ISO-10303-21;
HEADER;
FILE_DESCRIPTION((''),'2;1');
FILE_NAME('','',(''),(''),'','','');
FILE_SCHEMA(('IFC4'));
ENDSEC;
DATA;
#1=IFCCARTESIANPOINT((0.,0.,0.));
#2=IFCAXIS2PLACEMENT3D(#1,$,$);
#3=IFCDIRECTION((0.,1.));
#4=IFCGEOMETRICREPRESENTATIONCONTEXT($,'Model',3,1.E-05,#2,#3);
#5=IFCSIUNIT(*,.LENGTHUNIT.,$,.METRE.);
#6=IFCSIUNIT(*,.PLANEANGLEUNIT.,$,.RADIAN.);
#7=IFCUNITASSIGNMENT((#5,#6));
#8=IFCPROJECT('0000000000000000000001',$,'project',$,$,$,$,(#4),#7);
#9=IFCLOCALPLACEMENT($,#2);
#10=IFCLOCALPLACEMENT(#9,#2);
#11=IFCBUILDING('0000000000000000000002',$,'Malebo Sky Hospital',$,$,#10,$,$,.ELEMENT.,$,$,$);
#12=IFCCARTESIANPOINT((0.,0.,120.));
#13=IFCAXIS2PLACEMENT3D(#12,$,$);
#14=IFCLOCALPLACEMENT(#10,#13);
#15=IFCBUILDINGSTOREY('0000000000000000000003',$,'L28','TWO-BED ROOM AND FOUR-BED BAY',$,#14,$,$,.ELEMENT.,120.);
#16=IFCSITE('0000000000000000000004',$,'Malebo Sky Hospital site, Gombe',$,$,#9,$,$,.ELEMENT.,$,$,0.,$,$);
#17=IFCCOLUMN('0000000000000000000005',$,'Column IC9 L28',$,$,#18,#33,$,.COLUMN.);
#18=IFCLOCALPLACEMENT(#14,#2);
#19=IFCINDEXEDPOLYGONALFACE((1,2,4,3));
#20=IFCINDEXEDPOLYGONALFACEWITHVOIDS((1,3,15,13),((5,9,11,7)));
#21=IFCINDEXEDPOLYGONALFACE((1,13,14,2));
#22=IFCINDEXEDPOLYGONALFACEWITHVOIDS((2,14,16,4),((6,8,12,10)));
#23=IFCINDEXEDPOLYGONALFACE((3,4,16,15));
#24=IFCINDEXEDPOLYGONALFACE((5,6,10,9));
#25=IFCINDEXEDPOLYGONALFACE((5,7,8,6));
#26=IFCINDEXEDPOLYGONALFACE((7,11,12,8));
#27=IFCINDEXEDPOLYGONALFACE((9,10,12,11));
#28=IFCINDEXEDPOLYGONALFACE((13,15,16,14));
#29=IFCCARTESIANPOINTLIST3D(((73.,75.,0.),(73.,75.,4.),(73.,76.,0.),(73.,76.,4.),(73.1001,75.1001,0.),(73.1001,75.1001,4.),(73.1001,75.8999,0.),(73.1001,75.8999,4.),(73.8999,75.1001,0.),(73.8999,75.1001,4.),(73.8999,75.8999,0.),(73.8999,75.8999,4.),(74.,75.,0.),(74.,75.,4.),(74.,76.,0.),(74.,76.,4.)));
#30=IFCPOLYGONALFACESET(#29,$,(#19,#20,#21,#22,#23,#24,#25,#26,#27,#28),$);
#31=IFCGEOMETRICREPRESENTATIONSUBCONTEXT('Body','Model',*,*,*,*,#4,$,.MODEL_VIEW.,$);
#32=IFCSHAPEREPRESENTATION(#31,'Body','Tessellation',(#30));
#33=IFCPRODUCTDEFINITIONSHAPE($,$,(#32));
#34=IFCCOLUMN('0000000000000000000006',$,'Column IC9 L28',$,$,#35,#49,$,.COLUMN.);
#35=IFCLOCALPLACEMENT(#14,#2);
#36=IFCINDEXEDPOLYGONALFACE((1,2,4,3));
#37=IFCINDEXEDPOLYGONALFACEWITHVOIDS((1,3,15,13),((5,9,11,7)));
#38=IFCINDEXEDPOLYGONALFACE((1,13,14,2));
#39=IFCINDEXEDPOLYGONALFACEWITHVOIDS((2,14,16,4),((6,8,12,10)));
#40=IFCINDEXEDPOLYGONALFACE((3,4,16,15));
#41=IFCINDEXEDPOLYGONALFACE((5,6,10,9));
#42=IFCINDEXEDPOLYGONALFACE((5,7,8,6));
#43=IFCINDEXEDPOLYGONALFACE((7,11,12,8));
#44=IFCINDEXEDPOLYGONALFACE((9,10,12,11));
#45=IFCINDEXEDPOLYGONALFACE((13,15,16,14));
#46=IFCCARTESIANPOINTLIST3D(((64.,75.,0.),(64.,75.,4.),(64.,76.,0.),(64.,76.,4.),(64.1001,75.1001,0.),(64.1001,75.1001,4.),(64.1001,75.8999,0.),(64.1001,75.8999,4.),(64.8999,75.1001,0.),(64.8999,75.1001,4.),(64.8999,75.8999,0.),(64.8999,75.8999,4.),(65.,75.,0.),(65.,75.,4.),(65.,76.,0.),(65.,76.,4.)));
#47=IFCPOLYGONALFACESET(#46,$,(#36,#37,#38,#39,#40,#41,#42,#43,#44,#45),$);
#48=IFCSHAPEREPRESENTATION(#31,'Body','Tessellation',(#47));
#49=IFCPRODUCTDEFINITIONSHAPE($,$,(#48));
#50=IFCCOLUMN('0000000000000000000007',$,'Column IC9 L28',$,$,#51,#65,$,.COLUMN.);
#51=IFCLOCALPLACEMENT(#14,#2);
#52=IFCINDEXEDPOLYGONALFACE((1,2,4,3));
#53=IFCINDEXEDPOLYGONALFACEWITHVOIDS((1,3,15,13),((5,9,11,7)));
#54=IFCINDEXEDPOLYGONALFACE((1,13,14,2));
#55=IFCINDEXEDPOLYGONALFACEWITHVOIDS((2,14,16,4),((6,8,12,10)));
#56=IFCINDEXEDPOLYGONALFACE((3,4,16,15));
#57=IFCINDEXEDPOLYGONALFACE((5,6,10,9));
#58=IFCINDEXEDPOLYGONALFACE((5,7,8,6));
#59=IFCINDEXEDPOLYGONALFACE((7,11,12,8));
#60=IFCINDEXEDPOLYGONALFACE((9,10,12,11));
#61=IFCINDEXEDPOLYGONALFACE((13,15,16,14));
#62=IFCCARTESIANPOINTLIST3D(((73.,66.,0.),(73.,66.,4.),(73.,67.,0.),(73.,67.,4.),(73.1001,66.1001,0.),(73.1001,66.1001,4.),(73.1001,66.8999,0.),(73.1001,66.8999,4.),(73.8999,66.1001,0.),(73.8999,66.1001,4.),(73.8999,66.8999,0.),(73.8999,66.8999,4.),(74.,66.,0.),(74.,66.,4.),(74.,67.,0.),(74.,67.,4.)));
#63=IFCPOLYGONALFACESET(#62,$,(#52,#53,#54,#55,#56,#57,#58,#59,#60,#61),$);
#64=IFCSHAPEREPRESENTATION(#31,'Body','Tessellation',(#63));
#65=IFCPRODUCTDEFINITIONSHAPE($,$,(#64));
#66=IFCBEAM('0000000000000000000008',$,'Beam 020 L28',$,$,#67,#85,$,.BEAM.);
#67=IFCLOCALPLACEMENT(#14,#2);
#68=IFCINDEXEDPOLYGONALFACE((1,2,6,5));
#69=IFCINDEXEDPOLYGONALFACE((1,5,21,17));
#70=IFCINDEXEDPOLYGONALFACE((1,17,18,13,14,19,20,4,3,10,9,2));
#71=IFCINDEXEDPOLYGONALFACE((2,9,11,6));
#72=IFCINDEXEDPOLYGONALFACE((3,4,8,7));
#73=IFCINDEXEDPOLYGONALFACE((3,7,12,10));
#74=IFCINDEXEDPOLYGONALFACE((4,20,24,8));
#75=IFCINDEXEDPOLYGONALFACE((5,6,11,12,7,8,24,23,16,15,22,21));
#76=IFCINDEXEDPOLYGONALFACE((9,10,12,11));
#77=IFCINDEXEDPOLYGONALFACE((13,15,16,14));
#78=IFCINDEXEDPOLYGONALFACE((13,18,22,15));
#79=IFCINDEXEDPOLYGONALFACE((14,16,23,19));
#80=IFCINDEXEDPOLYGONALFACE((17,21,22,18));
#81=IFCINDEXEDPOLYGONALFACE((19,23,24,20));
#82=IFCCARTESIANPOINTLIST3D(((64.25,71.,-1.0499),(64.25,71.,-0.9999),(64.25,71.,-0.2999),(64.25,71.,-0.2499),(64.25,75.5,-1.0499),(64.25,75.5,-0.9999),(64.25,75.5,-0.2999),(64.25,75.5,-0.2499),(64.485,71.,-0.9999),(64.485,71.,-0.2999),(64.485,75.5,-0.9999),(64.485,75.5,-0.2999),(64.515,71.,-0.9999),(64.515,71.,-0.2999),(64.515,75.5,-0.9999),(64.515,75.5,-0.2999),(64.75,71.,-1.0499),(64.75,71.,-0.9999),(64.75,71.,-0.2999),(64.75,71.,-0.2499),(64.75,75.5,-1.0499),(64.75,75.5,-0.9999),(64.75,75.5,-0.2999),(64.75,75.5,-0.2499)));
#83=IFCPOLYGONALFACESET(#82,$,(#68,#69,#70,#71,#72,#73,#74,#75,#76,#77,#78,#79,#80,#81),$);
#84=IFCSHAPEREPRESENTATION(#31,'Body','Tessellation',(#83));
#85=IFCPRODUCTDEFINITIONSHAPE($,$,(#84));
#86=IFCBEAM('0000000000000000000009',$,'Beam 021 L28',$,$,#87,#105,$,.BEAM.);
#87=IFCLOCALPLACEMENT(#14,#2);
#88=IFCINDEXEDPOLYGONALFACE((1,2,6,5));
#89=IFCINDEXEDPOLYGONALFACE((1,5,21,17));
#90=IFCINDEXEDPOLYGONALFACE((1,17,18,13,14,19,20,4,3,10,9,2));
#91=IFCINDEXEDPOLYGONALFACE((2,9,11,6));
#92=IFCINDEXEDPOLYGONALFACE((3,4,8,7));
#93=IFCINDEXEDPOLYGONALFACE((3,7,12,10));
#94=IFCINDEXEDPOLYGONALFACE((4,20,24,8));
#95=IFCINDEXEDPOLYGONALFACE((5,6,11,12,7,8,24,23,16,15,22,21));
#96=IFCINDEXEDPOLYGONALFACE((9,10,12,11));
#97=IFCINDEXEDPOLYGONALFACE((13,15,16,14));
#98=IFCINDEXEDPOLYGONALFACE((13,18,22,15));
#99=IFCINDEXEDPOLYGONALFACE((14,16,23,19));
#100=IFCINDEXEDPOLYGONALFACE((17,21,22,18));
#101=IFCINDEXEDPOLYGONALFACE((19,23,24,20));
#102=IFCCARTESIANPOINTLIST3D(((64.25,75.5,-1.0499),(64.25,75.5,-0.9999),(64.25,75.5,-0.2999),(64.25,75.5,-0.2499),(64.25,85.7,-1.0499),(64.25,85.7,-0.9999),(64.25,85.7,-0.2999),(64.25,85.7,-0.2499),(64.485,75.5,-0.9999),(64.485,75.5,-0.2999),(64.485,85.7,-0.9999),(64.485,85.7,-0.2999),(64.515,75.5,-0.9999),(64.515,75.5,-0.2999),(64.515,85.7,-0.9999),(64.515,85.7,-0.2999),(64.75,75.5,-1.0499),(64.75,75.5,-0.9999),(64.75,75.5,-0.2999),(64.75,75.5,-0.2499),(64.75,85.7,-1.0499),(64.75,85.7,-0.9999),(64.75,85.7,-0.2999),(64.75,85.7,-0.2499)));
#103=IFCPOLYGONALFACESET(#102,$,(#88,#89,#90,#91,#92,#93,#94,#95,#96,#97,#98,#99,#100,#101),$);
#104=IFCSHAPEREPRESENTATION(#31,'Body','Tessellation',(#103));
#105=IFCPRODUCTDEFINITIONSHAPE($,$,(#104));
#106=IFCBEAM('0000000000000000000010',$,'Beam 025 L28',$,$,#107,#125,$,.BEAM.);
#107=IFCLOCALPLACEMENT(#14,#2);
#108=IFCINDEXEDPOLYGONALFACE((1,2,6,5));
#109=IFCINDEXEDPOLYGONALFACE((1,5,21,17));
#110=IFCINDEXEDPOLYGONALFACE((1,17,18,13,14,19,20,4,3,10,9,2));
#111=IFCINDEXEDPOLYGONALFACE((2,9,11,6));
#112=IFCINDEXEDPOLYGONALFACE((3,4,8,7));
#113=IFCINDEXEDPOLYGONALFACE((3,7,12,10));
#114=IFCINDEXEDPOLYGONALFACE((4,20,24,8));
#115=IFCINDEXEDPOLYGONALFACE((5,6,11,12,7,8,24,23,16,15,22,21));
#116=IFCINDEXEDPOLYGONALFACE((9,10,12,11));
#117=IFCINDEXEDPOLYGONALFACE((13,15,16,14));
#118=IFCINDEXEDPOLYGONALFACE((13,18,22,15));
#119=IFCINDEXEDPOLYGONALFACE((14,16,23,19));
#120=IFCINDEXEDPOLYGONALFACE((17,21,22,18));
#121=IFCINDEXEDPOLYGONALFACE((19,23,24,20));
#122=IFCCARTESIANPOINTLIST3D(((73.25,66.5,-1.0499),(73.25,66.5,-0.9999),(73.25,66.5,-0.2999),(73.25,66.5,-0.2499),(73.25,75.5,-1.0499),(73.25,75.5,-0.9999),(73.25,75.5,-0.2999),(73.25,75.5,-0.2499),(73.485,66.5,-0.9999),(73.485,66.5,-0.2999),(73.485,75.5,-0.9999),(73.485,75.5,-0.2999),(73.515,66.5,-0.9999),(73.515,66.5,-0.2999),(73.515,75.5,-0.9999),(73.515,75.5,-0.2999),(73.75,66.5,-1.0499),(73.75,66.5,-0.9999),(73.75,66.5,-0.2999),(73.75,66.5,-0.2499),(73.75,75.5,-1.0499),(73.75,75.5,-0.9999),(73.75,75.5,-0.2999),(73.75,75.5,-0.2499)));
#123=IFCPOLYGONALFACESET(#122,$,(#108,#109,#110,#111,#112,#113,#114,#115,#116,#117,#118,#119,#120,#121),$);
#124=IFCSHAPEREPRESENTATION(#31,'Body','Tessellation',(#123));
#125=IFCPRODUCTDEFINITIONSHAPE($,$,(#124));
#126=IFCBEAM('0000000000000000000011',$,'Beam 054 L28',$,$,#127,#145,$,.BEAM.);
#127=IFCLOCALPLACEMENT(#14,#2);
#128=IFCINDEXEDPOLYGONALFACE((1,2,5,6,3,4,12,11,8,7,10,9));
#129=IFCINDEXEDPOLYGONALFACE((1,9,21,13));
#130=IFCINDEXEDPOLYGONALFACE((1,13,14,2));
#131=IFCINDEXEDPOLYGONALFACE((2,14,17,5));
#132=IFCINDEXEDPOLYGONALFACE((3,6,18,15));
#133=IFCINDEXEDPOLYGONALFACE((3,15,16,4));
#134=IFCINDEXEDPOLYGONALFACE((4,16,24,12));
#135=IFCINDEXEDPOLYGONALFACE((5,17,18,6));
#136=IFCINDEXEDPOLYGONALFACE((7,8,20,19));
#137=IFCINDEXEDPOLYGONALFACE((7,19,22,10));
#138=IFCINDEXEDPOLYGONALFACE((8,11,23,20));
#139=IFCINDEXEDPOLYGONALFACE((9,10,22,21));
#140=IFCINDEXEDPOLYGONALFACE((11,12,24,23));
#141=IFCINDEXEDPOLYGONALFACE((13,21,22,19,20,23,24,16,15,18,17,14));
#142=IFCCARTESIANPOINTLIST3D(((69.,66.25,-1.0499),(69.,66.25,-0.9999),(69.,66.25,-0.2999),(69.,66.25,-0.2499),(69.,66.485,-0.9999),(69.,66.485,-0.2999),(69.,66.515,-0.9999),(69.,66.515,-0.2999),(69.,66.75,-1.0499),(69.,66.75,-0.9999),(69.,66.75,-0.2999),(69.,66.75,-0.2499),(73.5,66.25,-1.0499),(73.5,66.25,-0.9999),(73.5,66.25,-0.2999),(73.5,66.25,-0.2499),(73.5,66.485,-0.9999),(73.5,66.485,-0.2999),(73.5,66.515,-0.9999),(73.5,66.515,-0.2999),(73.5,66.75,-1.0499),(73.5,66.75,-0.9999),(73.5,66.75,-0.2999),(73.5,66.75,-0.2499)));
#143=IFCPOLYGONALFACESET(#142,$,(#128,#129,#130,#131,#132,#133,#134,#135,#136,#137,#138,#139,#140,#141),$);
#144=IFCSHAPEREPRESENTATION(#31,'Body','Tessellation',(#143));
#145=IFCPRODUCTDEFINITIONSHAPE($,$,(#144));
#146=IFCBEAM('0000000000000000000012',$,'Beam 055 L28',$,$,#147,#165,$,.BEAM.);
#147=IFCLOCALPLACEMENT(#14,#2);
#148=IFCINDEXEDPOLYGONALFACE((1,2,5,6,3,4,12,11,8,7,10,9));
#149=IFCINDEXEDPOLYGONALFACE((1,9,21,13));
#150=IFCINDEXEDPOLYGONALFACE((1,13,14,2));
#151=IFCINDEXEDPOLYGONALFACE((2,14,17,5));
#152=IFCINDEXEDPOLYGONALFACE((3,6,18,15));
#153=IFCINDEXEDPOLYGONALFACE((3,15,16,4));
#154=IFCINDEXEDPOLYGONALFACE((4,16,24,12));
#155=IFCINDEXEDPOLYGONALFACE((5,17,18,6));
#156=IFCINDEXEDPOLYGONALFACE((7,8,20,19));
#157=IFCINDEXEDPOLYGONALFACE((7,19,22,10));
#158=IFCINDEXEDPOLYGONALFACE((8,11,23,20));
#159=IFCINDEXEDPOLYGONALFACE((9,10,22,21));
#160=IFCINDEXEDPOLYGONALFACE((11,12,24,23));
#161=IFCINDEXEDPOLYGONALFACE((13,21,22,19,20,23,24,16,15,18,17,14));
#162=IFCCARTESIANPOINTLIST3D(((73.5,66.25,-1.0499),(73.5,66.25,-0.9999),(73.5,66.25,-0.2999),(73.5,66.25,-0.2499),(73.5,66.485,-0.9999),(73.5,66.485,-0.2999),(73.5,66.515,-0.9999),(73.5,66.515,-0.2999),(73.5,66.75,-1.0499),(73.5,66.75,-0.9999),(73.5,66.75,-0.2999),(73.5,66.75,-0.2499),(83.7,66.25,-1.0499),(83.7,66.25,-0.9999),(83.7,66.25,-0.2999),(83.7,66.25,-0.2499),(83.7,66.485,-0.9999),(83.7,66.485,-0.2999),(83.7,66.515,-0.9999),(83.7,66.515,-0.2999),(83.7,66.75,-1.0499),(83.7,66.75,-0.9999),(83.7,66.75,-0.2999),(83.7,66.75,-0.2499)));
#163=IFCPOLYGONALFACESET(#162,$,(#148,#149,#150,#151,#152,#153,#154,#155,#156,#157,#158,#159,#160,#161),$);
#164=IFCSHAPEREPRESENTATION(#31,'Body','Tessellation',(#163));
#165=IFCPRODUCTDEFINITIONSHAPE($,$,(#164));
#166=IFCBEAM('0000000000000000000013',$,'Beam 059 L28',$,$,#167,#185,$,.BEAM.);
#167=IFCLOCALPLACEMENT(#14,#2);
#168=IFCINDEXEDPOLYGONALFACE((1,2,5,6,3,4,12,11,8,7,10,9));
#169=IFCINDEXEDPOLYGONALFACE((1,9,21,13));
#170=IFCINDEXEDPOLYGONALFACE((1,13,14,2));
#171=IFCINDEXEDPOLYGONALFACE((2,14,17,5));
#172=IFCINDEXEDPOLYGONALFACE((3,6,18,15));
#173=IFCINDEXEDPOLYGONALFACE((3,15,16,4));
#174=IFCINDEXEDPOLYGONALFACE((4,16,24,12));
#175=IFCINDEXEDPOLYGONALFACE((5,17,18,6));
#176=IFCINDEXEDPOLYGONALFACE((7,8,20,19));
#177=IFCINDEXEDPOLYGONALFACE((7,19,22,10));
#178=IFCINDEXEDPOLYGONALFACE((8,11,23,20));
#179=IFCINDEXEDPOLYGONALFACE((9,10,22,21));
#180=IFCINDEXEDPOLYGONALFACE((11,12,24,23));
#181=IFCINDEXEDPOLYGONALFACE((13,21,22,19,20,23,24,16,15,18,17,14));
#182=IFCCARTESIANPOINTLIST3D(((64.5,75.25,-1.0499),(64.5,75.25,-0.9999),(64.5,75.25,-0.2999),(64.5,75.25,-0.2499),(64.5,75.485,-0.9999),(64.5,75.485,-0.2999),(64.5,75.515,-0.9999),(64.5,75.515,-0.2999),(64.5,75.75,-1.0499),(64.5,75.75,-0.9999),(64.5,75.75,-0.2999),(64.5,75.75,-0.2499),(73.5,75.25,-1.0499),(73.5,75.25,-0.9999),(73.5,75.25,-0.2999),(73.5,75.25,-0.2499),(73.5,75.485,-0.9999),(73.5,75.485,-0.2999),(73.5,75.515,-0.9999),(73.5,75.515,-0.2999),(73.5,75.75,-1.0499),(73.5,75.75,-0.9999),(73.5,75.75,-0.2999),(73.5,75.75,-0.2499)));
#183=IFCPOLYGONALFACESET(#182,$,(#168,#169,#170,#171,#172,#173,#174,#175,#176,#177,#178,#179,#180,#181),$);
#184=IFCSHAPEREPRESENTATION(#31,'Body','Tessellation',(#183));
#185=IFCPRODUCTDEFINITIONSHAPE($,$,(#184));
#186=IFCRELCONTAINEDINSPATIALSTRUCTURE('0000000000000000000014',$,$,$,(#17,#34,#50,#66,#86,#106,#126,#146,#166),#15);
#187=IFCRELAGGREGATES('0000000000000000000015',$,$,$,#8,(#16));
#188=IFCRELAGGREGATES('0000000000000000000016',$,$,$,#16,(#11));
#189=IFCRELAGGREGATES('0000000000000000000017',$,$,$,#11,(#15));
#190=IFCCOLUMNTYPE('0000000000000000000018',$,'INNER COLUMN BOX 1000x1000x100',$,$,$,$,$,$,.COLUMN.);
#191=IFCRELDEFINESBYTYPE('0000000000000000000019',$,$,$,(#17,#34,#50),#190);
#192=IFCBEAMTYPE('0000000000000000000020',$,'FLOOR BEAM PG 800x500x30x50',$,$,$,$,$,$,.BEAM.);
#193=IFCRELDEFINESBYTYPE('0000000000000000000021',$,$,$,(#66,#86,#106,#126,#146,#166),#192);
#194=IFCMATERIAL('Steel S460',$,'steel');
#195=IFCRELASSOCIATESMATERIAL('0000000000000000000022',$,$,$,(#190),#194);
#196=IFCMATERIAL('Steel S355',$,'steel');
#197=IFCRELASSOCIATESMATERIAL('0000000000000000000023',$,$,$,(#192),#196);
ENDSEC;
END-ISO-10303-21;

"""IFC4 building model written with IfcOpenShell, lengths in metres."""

from ifc_helpers import new_model, si_unit, direction, frame, origin, origin_2d, place, context, subcontext, project, spatial, hollow_rectangle, i_section, extrude, material, material_profile, profile_set, type_object, element, save


model = new_model("IFC4")

# Units and contexts
model_context = context("Model", 3, precision=1e-05, world=origin(), true_north=direction((0.0, 1.0)))
body_context = subcontext(model_context, "Body", "Model", "MODEL_VIEW")
ifc_project = project(units=[si_unit("LENGTHUNIT", "METRE"), si_unit("PLANEANGLEUNIT", "RADIAN")], contexts=[model_context])

# Site, building, storey
site_placement = place(None, origin())
site = spatial("IfcSite", under=ifc_project, at=site_placement, Name="Malebo Sky Hospital site, Gombe", CompositionType="ELEMENT", RefElevation=0.0)
building_placement = place(site_placement, origin())
building = spatial("IfcBuilding", under=site, at=building_placement, Name="Malebo Sky Hospital", CompositionType="ELEMENT")
storey_placement = place(building_placement, frame((0.0, 0.0, 120.0)))
storey = spatial("IfcBuildingStorey", under=building, at=storey_placement, Name="L28", Description="TWO-BED ROOM AND FOUR-BED BAY", CompositionType="ELEMENT", Elevation=120.0)

# Columns
ifc_material_1 = material(Name="Steel S460", Category="steel")
ifc_material_profile_1 = material_profile(ifc_material_1, hollow_rectangle(XDim=1.0, YDim=1.0, WallThickness=0.1001, at=origin_2d()), Name="BOX 1000x1000x100")
ifc_profile_set_1 = profile_set([ifc_material_profile_1], Name="Steel S460")
column_type = type_object("IfcColumnType", Name="INNER COLUMN BOX 1000x1000x100", PredefinedType="COLUMN", material=ifc_profile_set_1)
for number, where, z_axis, x_axis, name in (
    (1, (73.5, 75.5, 0.0), (0.0, 0.0, 1.0), (1.0, 0.0, 0.0), "Column IC9 L28"),
    (2, (64.5, 75.5, 0.0), (0.0, 0.0, 1.0), (1.0, 0.0, 0.0), "Column IC9 L28"),
    (3, (73.5, 66.5, 0.0), (0.0, 0.0, 1.0), (1.0, 0.0, 0.0), "Column IC9 L28"),
):
    element("IfcColumn", number, at=place(storey_placement, frame(where, z_axis=z_axis, x_axis=x_axis)), inside=storey, type_object=column_type, Name=name, PredefinedType="COLUMN", context=body_context, shape_type="SweptSolid", body=[
        extrude(hollow_rectangle(XDim=1.0, YDim=1.0, WallThickness=0.1001, at=origin_2d()), origin(), (0.0, 0.0, 1.0), 4.0),
    ])

# Beams
ifc_material_2 = material(Name="Steel S355", Category="steel")
ifc_material_profile_2 = material_profile(ifc_material_2, i_section(OverallWidth=0.5, OverallDepth=0.8, WebThickness=0.03, FlangeThickness=0.05, at=origin_2d()), Name="PG 800x500x30x50")
ifc_profile_set_2 = profile_set([ifc_material_profile_2], Name="Steel S355")
beam_type_1 = type_object("IfcBeamType", Name="FLOOR BEAM PG 800x500x30x50", PredefinedType="BEAM", material=ifc_profile_set_2)
beam_1_placement = place(storey_placement, frame((64.5, 71.0, -0.6499), z_axis=(0.0, 1.0, 0.0), x_axis=(-1.0, 0.0, 0.0)))
element("IfcBeam", 4, at=beam_1_placement, inside=storey, type_object=beam_type_1, Name="Beam 020 L28", PredefinedType="BEAM", context=body_context, shape_type="SweptSolid", body=[
    extrude(i_section(OverallWidth=0.5, OverallDepth=0.8, WebThickness=0.03, FlangeThickness=0.05, at=origin_2d()), origin(), (0.0, 0.0, 1.0), 4.5),
])
beam_2_placement = place(storey_placement, frame((64.5, 75.5, -0.6499), z_axis=(0.0, 1.0, 0.0), x_axis=(-1.0, 0.0, 0.0)))
element("IfcBeam", 5, at=beam_2_placement, inside=storey, type_object=beam_type_1, Name="Beam 021 L28", PredefinedType="BEAM", context=body_context, shape_type="SweptSolid", body=[
    extrude(i_section(OverallWidth=0.5, OverallDepth=0.8, WebThickness=0.03, FlangeThickness=0.05, at=origin_2d()), origin(), (0.0, 0.0, 1.0), 10.2),
])
beam_3_placement = place(storey_placement, frame((73.5, 66.5, -0.6499), z_axis=(0.0, 1.0, 0.0), x_axis=(-1.0, 0.0, 0.0)))
element("IfcBeam", 6, at=beam_3_placement, inside=storey, type_object=beam_type_1, Name="Beam 025 L28", PredefinedType="BEAM", context=body_context, shape_type="SweptSolid", body=[
    extrude(i_section(OverallWidth=0.5, OverallDepth=0.8, WebThickness=0.03, FlangeThickness=0.05, at=origin_2d()), origin(), (0.0, 0.0, 1.0), 9.0),
])
beam_4_placement = place(storey_placement, frame((69.0, 66.5, -0.6499), z_axis=(1.0, 0.0, 0.0), x_axis=(0.0, 1.0, 0.0)))
element("IfcBeam", 7, at=beam_4_placement, inside=storey, type_object=beam_type_1, Name="Beam 054 L28", PredefinedType="BEAM", context=body_context, shape_type="SweptSolid", body=[
    extrude(i_section(OverallWidth=0.5, OverallDepth=0.8, WebThickness=0.03, FlangeThickness=0.05, at=origin_2d()), origin(), (0.0, 0.0, 1.0), 4.5),
])
beam_5_placement = place(storey_placement, frame((73.5, 66.5, -0.6499), z_axis=(1.0, 0.0, 0.0), x_axis=(0.0, 1.0, 0.0)))
element("IfcBeam", 8, at=beam_5_placement, inside=storey, type_object=beam_type_1, Name="Beam 055 L28", PredefinedType="BEAM", context=body_context, shape_type="SweptSolid", body=[
    extrude(i_section(OverallWidth=0.5, OverallDepth=0.8, WebThickness=0.03, FlangeThickness=0.05, at=origin_2d()), origin(), (0.0, 0.0, 1.0), 10.2),
])
beam_6_placement = place(storey_placement, frame((64.5, 75.5, -0.6499), z_axis=(1.0, 0.0, 0.0), x_axis=(0.0, 1.0, 0.0)))
element("IfcBeam", 9, at=beam_6_placement, inside=storey, type_object=beam_type_1, Name="Beam 059 L28", PredefinedType="BEAM", context=body_context, shape_type="SweptSolid", body=[
    extrude(i_section(OverallWidth=0.5, OverallDepth=0.8, WebThickness=0.03, FlangeThickness=0.05, at=origin_2d()), origin(), (0.0, 0.0, 1.0), 9.0),
])

save(model, "model.ifc")
